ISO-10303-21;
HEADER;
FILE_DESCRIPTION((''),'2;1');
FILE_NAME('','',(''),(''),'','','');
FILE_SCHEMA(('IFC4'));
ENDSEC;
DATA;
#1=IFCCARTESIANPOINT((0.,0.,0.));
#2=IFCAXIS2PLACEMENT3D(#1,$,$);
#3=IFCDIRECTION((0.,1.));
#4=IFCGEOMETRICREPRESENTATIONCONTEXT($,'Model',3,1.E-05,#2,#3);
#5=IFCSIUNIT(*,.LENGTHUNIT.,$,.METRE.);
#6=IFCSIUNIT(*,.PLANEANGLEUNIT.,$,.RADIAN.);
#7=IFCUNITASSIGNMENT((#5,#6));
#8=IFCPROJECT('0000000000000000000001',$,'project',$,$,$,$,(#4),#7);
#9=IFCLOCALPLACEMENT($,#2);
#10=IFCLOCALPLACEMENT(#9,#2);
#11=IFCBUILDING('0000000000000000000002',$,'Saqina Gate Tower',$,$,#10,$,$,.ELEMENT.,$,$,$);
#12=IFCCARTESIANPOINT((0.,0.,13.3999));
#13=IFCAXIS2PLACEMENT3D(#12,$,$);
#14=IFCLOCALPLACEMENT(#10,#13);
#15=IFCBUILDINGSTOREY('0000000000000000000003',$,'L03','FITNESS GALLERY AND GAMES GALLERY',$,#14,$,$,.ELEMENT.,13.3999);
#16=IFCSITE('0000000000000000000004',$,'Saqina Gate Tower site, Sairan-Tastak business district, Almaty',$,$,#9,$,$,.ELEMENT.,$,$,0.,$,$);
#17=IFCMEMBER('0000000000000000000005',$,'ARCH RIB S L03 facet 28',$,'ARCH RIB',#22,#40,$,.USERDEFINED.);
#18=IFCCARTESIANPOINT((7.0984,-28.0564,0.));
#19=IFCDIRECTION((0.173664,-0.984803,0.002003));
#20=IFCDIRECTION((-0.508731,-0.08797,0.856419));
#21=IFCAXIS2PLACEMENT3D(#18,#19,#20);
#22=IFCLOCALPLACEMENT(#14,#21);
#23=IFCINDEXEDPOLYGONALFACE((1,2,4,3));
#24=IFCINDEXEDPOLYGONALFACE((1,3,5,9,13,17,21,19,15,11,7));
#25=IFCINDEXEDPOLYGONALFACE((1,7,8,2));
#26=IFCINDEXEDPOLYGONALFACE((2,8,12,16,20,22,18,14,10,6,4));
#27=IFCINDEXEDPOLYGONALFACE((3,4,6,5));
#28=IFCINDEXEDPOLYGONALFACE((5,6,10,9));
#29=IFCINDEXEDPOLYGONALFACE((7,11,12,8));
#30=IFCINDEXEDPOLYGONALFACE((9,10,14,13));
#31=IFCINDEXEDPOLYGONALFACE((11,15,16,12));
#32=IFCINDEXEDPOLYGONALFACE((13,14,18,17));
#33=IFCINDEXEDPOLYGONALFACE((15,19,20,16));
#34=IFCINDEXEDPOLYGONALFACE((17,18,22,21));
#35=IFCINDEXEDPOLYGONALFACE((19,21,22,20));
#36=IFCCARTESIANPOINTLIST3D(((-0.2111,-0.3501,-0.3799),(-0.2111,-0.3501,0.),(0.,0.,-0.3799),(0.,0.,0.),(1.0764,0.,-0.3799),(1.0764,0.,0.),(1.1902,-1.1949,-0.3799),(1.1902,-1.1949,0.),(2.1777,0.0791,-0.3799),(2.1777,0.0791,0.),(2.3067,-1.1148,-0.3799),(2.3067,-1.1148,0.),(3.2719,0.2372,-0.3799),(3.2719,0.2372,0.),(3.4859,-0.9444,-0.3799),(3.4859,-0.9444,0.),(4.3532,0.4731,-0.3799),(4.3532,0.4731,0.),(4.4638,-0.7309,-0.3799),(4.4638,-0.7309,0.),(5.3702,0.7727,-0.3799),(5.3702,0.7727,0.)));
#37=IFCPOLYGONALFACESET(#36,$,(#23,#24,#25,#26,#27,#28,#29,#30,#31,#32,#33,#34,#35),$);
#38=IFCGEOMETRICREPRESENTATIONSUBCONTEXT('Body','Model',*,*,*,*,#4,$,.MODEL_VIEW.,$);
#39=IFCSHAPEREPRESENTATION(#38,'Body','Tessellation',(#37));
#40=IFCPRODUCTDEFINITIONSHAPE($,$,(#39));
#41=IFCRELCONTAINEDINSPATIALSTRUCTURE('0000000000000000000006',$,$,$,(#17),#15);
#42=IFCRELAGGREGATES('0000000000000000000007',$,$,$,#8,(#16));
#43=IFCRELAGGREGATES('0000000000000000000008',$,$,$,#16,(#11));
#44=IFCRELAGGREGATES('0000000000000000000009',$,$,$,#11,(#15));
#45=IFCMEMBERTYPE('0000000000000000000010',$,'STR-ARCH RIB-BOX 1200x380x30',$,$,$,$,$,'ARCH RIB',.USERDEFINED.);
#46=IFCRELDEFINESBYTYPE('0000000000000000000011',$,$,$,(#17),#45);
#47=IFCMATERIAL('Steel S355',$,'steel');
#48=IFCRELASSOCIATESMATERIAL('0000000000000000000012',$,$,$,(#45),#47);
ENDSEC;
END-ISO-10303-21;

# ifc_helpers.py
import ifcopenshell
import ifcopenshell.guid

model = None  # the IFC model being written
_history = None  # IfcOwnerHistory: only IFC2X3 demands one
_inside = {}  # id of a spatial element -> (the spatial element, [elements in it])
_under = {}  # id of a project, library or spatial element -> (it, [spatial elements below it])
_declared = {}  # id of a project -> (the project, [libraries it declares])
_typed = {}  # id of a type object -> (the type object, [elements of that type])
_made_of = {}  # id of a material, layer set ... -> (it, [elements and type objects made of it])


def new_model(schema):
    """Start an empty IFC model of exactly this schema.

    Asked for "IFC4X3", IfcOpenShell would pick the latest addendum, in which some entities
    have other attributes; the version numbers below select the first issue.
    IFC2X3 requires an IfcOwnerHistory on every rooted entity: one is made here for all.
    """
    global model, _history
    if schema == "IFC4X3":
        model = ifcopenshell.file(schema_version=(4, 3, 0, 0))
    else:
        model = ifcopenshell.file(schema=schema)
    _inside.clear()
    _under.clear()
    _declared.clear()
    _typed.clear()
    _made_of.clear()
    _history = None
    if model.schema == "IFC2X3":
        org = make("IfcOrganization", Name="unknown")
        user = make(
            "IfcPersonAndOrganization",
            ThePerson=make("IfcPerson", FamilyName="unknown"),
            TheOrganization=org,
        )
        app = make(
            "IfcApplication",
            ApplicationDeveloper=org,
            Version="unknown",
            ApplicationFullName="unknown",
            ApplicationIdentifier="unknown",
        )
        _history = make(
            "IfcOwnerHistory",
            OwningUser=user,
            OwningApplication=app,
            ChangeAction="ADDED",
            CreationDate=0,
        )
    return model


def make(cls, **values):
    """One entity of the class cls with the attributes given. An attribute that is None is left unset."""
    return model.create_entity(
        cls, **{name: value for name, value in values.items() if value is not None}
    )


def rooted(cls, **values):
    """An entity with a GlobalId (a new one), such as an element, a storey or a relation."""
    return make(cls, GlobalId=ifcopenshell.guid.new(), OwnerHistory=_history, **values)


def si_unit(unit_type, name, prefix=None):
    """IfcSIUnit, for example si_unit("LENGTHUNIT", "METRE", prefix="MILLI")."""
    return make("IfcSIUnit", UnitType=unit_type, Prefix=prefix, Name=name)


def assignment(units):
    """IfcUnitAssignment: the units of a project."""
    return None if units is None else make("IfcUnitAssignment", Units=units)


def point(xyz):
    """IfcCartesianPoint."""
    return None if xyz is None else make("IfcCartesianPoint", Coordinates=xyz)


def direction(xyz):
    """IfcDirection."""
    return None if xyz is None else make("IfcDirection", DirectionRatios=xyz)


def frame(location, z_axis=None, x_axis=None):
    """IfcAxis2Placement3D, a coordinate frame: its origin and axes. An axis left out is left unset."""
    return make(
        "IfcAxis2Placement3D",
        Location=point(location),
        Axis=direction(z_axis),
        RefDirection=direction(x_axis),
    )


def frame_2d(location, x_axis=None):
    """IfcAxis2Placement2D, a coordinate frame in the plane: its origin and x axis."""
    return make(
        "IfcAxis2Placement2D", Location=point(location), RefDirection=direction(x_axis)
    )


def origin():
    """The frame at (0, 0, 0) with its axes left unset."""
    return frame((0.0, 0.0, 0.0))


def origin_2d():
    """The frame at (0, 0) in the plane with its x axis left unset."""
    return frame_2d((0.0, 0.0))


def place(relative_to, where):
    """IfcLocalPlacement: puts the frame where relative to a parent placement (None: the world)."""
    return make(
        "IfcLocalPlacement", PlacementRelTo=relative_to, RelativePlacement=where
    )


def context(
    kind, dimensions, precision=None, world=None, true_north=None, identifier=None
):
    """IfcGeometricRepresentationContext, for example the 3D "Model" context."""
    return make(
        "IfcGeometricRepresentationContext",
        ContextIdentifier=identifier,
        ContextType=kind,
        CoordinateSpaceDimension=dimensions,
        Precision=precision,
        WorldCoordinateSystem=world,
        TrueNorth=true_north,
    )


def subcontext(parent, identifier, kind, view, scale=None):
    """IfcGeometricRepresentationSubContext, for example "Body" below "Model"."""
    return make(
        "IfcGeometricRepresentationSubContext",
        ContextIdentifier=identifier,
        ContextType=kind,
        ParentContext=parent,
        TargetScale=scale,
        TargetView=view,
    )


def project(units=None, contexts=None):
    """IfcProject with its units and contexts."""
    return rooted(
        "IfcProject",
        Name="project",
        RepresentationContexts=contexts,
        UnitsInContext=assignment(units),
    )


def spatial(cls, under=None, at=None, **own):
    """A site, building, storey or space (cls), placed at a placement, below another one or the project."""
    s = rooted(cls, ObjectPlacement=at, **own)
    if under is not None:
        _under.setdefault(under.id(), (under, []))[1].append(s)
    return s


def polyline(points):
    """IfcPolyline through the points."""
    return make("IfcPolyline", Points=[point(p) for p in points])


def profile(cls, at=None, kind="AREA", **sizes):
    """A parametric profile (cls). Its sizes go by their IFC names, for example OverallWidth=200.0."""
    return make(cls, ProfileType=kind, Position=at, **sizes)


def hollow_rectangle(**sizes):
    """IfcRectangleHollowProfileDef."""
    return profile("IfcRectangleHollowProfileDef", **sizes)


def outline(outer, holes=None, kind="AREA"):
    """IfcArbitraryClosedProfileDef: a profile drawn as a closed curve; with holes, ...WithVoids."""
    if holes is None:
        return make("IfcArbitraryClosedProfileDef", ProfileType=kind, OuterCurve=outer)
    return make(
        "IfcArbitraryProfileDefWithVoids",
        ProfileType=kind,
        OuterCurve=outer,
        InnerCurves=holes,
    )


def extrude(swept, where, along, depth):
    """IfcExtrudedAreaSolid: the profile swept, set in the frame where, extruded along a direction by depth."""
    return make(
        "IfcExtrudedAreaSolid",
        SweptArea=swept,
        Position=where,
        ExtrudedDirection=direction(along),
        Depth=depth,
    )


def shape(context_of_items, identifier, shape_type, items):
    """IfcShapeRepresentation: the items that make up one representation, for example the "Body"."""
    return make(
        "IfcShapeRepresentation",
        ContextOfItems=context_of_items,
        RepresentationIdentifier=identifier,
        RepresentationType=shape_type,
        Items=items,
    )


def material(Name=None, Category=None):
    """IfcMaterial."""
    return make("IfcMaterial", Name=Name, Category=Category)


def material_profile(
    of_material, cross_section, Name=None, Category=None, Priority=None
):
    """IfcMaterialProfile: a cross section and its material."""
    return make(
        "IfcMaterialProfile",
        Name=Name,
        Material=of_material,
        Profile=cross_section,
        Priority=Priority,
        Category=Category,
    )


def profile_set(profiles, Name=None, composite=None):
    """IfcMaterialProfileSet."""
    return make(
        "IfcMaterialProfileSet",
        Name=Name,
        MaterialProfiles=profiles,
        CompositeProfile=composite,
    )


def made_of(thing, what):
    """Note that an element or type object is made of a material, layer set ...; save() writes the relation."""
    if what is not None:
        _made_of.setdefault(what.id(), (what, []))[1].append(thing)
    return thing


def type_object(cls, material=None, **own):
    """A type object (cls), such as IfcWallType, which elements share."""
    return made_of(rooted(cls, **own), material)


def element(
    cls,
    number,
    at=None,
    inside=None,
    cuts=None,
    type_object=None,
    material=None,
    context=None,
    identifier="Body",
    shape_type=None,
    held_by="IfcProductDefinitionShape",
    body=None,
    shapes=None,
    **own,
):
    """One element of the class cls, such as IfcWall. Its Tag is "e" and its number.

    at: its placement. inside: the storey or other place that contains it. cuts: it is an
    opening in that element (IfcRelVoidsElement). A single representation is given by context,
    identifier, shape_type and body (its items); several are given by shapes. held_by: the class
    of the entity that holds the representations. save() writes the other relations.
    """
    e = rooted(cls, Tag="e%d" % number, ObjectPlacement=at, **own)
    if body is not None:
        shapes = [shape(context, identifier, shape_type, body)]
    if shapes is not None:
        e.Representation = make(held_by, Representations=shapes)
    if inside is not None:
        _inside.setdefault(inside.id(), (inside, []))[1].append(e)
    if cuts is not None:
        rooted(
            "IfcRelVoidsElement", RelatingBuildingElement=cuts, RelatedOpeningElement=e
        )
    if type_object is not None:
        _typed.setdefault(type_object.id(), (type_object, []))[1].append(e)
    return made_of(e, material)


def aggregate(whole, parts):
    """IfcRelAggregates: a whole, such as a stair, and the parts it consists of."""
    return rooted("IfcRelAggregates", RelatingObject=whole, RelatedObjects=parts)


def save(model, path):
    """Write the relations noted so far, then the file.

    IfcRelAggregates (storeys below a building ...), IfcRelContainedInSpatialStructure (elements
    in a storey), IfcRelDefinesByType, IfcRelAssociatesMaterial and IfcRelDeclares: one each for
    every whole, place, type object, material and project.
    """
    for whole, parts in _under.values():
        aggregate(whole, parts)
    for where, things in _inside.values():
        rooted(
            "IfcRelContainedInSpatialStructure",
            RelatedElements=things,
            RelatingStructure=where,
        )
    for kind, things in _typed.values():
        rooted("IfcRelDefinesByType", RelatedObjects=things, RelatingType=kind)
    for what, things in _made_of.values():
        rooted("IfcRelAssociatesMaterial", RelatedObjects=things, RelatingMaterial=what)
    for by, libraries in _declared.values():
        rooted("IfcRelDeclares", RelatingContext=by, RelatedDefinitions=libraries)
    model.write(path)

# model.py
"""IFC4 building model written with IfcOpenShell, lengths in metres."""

from ifc_helpers import new_model, si_unit, direction, frame, origin, origin_2d, place, context, subcontext, project, spatial, polyline, hollow_rectangle, outline, extrude, material, material_profile, profile_set, type_object, element, save


model = new_model("IFC4")

# Units and contexts
model_context = context("Model", 3, precision=1e-05, world=origin(), true_north=direction((0.0, 1.0)))
body_context = subcontext(model_context, "Body", "Model", "MODEL_VIEW")
ifc_project = project(units=[si_unit("LENGTHUNIT", "METRE"), si_unit("PLANEANGLEUNIT", "RADIAN")], contexts=[model_context])

# Site, building, storey
site_placement = place(None, origin())
site = spatial("IfcSite", under=ifc_project, at=site_placement, Name="Saqina Gate Tower site, Sairan-Tastak business district, Almaty", CompositionType="ELEMENT", RefElevation=0.0)
building_placement = place(site_placement, origin())
building = spatial("IfcBuilding", under=site, at=building_placement, Name="Saqina Gate Tower", CompositionType="ELEMENT")
storey_placement = place(building_placement, frame((0.0, 0.0, 13.3999)))
storey = spatial("IfcBuildingStorey", under=building, at=storey_placement, Name="L03", Description="FITNESS GALLERY AND GAMES GALLERY", CompositionType="ELEMENT", Elevation=13.3999)

# Member
ifc_material_1 = material(Name="Steel S355", Category="steel")
ifc_material_profile_1 = material_profile(ifc_material_1, hollow_rectangle(XDim=1.2, YDim=0.3799, WallThickness=0.03, at=origin_2d()), Name="BOX 1200x380x30")
ifc_profile_set_1 = profile_set([ifc_material_profile_1], Name="Steel S355")
member_type_1 = type_object("IfcMemberType", Name="STR-ARCH RIB-BOX 1200x380x30", ElementType="ARCH RIB", PredefinedType="USERDEFINED", material=ifc_profile_set_1)
member_1_placement = place(storey_placement, frame((7.0984, -28.0564, 0.0), z_axis=(0.173664, -0.984803, 0.002003), x_axis=(-0.508731, -0.08797, 0.856419)))
element("IfcMember", 1, at=member_1_placement, inside=storey, type_object=member_type_1, Name="ARCH RIB S L03 facet 28", ObjectType="ARCH RIB", PredefinedType="USERDEFINED", context=body_context, shape_type="SweptSolid", body=[
    extrude(outline(polyline([(0.0, 0.0), (1.0764, 0.0), (2.1777, 0.0791), (3.2719, 0.2372), (4.3532, 0.4731), (5.3702, 0.7727), (4.4638, -0.7309), (3.4859, -0.9444), (2.3067, -1.1148), (1.1902, -1.1949), (-0.2111, -0.3501), (0.0, 0.0)])), origin(), (0.0, 0.0, -1.0), 0.3799),
])

save(model, "model.ifc")
